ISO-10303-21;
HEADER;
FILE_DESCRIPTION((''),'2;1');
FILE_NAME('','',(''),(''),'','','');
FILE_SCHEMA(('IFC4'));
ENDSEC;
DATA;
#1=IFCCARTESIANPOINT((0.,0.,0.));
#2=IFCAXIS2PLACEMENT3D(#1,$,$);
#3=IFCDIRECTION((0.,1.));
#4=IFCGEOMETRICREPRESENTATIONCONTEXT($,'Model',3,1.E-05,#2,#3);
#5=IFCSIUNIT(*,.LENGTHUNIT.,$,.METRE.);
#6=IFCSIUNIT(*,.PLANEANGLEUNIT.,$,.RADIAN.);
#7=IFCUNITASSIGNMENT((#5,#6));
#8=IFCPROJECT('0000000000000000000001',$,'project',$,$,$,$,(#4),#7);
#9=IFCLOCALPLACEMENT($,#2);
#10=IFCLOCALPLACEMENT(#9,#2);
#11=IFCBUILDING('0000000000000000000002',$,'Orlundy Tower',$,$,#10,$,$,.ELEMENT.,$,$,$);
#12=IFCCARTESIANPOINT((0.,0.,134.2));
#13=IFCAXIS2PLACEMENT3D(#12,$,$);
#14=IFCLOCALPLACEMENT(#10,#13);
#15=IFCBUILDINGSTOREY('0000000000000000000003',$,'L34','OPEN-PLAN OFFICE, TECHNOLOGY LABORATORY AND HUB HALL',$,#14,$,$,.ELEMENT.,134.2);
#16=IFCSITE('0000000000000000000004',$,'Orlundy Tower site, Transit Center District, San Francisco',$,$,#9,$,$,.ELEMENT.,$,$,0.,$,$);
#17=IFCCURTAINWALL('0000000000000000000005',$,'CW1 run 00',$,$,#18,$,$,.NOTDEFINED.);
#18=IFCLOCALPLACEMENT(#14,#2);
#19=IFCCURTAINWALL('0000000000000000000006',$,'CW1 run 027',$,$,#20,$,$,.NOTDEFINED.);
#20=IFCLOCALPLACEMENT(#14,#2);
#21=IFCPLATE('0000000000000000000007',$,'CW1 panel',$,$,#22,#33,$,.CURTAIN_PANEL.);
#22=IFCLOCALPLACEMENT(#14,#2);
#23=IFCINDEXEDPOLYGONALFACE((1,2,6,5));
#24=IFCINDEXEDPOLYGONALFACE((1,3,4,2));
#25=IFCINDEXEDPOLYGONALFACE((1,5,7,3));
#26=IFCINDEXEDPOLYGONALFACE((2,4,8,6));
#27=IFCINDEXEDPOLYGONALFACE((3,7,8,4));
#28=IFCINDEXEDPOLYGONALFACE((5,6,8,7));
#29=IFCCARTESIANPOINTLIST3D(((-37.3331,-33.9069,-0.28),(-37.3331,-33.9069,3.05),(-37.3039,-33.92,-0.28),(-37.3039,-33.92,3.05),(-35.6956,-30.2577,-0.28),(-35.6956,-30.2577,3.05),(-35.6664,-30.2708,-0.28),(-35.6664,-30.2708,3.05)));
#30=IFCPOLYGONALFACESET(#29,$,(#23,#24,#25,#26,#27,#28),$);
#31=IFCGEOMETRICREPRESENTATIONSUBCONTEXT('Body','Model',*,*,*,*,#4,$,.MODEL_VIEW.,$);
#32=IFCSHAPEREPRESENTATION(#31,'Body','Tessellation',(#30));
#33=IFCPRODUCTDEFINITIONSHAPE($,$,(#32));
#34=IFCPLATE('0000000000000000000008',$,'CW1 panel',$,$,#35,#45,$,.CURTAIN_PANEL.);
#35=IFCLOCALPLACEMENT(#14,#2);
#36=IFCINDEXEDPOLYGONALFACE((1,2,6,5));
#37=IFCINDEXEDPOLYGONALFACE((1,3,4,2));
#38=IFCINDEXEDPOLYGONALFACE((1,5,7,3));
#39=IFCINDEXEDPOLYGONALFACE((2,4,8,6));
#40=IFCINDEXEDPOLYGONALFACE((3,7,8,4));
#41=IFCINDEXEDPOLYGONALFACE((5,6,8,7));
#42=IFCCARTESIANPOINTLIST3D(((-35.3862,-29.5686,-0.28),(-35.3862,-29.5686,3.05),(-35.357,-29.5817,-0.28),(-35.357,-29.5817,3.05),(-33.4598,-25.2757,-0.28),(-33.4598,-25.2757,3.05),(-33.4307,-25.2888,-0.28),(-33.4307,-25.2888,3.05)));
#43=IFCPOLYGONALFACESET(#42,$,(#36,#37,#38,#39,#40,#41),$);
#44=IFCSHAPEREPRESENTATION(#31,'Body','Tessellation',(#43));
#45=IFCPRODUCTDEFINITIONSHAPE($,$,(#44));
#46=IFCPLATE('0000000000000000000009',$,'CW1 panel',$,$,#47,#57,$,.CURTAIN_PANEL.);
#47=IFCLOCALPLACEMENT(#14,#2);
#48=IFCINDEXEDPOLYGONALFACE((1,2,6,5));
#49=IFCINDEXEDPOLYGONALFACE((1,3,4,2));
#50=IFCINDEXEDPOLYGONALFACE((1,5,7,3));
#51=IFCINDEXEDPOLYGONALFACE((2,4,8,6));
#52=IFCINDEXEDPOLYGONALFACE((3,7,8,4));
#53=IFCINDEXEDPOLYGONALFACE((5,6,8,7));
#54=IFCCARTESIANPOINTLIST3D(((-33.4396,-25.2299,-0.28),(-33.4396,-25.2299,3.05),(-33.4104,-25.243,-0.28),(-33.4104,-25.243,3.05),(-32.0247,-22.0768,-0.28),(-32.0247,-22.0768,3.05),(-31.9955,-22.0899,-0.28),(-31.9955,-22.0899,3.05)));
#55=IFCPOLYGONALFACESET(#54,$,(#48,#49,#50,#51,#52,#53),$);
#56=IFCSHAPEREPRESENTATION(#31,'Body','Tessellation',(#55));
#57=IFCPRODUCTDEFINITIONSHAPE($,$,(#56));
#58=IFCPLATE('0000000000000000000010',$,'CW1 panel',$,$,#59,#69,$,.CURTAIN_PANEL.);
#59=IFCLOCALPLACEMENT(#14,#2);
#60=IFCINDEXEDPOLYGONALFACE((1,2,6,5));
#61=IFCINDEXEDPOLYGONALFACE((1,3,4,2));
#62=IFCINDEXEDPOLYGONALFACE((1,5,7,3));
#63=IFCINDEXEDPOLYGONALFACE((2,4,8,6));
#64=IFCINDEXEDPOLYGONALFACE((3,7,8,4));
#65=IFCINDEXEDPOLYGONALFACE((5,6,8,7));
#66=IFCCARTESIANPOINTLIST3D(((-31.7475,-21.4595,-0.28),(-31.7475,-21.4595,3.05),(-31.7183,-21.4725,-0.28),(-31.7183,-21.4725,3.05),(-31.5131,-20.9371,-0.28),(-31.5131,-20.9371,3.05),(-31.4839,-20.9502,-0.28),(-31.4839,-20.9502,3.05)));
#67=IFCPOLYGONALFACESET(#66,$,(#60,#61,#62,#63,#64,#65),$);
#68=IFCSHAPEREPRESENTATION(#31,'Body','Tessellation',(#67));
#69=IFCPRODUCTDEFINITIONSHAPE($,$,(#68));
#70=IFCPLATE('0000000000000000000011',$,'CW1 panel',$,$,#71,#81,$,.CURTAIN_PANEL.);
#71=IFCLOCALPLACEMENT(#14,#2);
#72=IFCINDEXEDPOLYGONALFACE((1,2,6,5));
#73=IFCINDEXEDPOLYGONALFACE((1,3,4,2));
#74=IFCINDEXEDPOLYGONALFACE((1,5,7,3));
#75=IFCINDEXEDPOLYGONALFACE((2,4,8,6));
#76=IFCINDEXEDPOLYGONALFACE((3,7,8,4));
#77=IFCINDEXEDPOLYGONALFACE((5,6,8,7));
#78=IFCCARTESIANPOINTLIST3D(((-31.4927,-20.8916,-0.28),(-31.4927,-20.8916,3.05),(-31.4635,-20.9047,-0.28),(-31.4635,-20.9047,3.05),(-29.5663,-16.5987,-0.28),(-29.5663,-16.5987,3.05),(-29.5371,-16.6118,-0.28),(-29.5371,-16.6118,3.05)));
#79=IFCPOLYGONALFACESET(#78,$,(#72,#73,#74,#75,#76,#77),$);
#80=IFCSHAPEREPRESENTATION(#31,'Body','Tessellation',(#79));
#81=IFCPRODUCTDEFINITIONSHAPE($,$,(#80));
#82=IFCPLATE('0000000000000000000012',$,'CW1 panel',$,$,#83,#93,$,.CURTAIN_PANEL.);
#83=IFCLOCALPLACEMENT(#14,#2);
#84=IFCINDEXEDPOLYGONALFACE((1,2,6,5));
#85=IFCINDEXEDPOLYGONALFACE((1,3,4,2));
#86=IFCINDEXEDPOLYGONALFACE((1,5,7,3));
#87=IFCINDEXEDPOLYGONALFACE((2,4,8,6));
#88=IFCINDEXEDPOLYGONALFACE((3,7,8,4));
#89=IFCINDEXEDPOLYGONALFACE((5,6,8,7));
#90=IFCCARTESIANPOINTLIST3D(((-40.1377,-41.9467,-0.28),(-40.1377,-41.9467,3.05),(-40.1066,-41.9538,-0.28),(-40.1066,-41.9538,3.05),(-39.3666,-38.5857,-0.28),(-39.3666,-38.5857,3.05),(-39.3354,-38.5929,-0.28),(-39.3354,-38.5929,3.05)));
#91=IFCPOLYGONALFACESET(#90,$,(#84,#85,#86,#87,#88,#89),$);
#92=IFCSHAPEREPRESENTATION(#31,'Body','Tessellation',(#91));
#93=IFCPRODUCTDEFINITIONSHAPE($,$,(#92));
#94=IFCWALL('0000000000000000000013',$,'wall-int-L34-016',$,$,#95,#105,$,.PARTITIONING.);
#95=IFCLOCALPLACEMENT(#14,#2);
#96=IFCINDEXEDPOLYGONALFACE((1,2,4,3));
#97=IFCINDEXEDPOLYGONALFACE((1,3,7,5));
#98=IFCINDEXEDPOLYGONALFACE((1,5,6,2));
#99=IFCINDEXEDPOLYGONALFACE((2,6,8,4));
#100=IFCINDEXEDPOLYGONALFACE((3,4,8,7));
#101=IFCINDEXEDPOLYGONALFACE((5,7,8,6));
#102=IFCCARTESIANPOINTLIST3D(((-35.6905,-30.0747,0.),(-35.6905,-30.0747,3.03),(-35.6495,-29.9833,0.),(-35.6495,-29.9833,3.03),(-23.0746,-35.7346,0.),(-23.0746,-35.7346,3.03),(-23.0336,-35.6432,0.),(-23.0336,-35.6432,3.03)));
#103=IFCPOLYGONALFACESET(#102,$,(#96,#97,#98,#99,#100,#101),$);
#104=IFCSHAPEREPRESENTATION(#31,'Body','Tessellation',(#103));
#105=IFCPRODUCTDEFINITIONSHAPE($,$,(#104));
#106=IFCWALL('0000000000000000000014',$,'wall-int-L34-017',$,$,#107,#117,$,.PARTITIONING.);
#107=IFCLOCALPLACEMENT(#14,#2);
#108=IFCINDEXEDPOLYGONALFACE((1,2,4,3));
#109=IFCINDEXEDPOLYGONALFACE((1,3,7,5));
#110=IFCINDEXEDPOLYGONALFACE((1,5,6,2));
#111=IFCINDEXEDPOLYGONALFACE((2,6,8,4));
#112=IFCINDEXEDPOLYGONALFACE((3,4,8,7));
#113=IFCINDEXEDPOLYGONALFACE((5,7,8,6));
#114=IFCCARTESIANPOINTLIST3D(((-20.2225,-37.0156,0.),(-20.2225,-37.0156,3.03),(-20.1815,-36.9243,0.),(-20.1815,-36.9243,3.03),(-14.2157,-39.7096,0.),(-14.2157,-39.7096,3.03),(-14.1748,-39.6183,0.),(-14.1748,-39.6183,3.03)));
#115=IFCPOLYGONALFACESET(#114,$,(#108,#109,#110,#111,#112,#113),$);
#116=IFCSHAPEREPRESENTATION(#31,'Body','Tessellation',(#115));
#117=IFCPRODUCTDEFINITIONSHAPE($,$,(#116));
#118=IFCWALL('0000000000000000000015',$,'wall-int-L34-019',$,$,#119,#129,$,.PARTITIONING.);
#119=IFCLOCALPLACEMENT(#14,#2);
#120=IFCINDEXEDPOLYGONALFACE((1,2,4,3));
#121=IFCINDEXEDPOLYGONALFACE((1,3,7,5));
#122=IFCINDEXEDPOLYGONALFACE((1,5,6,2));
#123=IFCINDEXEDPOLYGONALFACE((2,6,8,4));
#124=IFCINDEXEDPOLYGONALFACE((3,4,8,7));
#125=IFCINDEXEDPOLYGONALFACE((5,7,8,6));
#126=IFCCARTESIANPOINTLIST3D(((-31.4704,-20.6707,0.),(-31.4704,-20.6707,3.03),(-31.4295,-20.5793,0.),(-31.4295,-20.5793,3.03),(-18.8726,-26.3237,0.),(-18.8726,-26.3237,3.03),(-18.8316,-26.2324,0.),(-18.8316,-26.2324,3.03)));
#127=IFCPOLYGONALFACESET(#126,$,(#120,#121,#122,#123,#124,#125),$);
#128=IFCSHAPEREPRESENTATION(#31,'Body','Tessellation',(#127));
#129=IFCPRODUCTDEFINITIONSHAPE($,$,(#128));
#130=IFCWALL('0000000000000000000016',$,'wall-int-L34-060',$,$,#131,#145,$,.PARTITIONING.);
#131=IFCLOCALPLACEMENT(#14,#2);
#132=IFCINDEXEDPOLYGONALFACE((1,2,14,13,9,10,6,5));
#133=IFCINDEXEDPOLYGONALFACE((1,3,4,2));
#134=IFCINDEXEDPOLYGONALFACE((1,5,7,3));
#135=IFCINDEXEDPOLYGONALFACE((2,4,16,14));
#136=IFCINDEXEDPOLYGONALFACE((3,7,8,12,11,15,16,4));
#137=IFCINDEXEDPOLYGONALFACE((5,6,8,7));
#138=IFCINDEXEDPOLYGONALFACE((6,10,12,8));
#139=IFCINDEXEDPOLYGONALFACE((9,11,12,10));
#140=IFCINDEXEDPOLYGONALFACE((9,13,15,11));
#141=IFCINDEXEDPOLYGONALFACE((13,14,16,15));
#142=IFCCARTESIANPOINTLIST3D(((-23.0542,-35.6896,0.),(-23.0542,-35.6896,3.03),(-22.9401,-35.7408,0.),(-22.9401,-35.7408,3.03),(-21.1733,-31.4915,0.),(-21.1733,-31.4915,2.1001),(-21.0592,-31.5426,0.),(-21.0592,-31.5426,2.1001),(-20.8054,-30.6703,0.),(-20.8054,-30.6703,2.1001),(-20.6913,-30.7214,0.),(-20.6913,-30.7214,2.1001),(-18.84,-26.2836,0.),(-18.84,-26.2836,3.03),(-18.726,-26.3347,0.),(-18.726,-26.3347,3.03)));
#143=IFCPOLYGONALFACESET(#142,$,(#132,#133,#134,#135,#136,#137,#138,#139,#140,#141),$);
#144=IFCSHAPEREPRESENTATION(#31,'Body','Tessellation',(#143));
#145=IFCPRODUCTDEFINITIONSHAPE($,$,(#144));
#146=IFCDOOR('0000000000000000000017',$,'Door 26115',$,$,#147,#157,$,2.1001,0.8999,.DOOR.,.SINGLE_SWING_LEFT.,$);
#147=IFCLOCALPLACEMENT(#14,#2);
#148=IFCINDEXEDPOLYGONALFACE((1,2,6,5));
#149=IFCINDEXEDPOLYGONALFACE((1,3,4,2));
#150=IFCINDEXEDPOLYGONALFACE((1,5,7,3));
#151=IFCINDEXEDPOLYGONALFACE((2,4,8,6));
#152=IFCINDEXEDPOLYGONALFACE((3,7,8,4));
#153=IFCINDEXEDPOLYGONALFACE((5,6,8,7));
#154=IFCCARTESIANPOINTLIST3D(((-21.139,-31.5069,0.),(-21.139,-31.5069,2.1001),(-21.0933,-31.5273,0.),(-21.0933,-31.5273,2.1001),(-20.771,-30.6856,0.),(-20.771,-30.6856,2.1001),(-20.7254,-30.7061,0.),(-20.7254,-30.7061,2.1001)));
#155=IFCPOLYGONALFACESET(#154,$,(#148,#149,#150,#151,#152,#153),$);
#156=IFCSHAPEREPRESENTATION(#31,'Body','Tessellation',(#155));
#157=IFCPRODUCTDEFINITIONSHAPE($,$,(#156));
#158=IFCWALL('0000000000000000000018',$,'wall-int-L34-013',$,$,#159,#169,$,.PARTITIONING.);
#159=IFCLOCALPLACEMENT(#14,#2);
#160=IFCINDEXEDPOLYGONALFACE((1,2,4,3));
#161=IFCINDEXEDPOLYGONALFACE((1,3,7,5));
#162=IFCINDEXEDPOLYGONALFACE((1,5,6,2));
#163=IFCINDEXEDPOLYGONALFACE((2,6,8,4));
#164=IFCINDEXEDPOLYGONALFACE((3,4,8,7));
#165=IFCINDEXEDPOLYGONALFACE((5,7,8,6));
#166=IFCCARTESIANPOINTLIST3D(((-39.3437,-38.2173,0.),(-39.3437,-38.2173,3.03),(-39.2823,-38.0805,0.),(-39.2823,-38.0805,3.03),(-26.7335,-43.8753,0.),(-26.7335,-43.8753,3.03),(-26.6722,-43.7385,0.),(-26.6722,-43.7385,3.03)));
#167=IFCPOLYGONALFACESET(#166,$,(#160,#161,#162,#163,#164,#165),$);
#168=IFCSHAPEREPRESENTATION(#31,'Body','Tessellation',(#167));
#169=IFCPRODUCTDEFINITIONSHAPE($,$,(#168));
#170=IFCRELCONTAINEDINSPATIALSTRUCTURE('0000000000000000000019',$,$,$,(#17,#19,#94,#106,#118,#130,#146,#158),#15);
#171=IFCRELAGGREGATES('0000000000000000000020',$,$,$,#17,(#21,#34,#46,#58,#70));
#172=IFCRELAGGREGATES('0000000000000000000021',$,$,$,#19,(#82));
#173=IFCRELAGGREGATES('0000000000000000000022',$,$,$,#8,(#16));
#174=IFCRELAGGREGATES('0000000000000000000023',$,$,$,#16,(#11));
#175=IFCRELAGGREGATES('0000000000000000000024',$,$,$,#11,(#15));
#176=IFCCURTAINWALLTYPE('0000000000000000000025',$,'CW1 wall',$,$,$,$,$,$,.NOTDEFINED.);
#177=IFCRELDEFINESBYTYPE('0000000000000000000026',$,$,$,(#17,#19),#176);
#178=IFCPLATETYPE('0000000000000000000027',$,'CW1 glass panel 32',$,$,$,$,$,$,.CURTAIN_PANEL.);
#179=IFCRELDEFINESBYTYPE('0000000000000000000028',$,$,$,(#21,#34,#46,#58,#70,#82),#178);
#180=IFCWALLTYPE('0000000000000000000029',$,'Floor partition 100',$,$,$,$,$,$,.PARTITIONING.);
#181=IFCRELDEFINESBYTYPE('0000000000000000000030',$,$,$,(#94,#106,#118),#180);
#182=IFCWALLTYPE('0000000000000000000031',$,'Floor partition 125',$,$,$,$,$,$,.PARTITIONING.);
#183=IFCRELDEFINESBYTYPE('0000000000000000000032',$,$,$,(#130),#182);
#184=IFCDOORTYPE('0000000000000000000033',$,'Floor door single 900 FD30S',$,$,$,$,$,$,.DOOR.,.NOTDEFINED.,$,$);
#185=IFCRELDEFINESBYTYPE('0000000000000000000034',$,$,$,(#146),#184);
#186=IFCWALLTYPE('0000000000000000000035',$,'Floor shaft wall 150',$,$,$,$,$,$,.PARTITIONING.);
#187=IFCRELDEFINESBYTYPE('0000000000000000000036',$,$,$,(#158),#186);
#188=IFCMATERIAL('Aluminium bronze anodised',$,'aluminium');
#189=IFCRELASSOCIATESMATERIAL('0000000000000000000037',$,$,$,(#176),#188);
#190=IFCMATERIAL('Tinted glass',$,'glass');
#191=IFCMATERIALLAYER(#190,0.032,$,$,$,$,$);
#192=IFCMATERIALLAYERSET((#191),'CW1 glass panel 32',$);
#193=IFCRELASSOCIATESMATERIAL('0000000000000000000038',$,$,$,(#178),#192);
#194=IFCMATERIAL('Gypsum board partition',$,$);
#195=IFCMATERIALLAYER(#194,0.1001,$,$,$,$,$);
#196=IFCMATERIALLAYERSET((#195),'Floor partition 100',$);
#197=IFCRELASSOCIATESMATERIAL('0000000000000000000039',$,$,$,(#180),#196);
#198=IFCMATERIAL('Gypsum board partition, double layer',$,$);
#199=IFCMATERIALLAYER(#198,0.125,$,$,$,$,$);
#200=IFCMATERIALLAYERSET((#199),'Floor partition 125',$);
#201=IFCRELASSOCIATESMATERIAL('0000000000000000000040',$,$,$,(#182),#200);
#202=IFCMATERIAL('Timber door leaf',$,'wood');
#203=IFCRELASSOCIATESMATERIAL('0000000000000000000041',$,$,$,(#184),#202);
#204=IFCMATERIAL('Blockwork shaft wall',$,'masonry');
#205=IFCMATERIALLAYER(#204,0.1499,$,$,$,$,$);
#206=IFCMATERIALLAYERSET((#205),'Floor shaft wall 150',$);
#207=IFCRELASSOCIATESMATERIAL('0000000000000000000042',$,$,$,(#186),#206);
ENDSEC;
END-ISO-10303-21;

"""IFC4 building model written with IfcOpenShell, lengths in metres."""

from ifc_helpers import new_model, si_unit, direction, frame, frame_2d, origin, origin_2d, place, context, subcontext, project, spatial, rectangle, extrude, material, layer, layer_set, type_object, element, fill, aggregate, save


model = new_model("IFC4")

# Units and contexts
model_context = context("Model", 3, precision=1e-05, world=origin(), true_north=direction((0.0, 1.0)))
body_context = subcontext(model_context, "Body", "Model", "MODEL_VIEW")
ifc_project = project(units=[si_unit("LENGTHUNIT", "METRE"), si_unit("PLANEANGLEUNIT", "RADIAN")], contexts=[model_context])

# Site, building, storey
site_placement = place(None, origin())
site = spatial("IfcSite", under=ifc_project, at=site_placement, Name="Orlundy Tower site, Transit Center District, San Francisco", CompositionType="ELEMENT", RefElevation=0.0)
building_placement = place(site_placement, origin())
building = spatial("IfcBuilding", under=site, at=building_placement, Name="Orlundy Tower", CompositionType="ELEMENT")
storey_placement = place(building_placement, frame((0.0, 0.0, 134.2)))
storey = spatial("IfcBuildingStorey", under=building, at=storey_placement, Name="L34", Description="OPEN-PLAN OFFICE, TECHNOLOGY LABORATORY AND HUB HALL", CompositionType="ELEMENT", Elevation=134.2)

# Curtain wall
ifc_material_1 = material(Name="Aluminium bronze anodised", Category="aluminium")
curtain_wall_type = type_object("IfcCurtainWallType", Name="CW1 wall", PredefinedType="NOTDEFINED", material=ifc_material_1)
curtain_wall_1_placement = place(storey_placement, origin())
curtain_wall_1 = element("IfcCurtainWall", 1, at=curtain_wall_1_placement, inside=storey, type_object=curtain_wall_type, Name="CW1 run 00", PredefinedType="NOTDEFINED")

# Curtain wall
curtain_wall_2_placement = place(storey_placement, origin())
curtain_wall_2 = element("IfcCurtainWall", 2, at=curtain_wall_2_placement, inside=storey, type_object=curtain_wall_type, Name="CW1 run 027", PredefinedType="NOTDEFINED")

# Plates
ifc_material_2 = material(Name="Tinted glass", Category="glass")
ifc_layer_1 = layer(ifc_material_2, 0.032)
ifc_layer_set_1 = layer_set([ifc_layer_1], Name="CW1 glass panel 32")
plate_type = type_object("IfcPlateType", Name="CW1 glass panel 32", PredefinedType="CURTAIN_PANEL", material=ifc_layer_set_1)
plate_1_placement = place(storey_placement, frame((-36.4998, -32.0889, -0.28), z_axis=(0.0, 0.0, 1.0), x_axis=(0.409404, 0.912353, 0.0)))
plate_1 = element("IfcPlate", 3, at=plate_1_placement, type_object=plate_type, Name="CW1 panel", PredefinedType="CURTAIN_PANEL", context=body_context, shape_type="SweptSolid", body=[
    extrude(rectangle(XDim=3.9998, YDim=0.032, at=origin_2d()), origin(), (0.0, 0.0, 1.0), 3.3301),
])
plate_2_placement = place(storey_placement, frame((-34.4084, -27.4287, -0.28), z_axis=(0.0, 0.0, 1.0), x_axis=(0.409404, 0.912353, 0.0)))
plate_2 = element("IfcPlate", 4, at=plate_2_placement, type_object=plate_type, Name="CW1 panel", PredefinedType="CURTAIN_PANEL", context=body_context, shape_type="SweptSolid", body=[
    extrude(rectangle(XDim=4.7053, YDim=0.032, at=origin_2d()), origin(), (0.0, 0.0, 1.0), 3.3301),
])
plate_3_placement = place(storey_placement, frame((-32.7175, -23.6599, -0.28), z_axis=(0.0, 0.0, 1.0), x_axis=(0.409404, 0.912353, 0.0)))
plate_3 = element("IfcPlate", 5, at=plate_3_placement, type_object=plate_type, Name="CW1 panel", PredefinedType="CURTAIN_PANEL", context=body_context, shape_type="SweptSolid", body=[
    extrude(rectangle(XDim=3.4561, YDim=0.032, at=origin_2d()), origin(), (0.0, 0.0, 1.0), 3.3301),
])
plate_4_placement = place(storey_placement, frame((-31.6157, -21.2048, -0.28), z_axis=(0.0, 0.0, 1.0), x_axis=(0.409404, 0.912353, 0.0)))
plate_4 = element("IfcPlate", 6, at=plate_4_placement, type_object=plate_type, Name="CW1 panel", PredefinedType="CURTAIN_PANEL", context=body_context, shape_type="SweptSolid", body=[
    extrude(rectangle(XDim=0.5725, YDim=0.032, at=origin_2d()), origin(), (0.0, 0.0, 1.0), 3.3301),
])
plate_5_placement = place(storey_placement, frame((-30.5149, -18.7517, -0.28), z_axis=(0.0, 0.0, 1.0), x_axis=(0.409404, 0.912353, 0.0)))
plate_5 = element("IfcPlate", 7, at=plate_5_placement, type_object=plate_type, Name="CW1 panel", PredefinedType="CURTAIN_PANEL", context=body_context, shape_type="SweptSolid", body=[
    extrude(rectangle(XDim=4.7053, YDim=0.032, at=origin_2d()), origin(), (0.0, 0.0, 1.0), 3.3301),
])
aggregate(curtain_wall_1, [plate_1, plate_2, plate_3, plate_4, plate_5])
plate_6_placement = place(storey_placement, frame((-39.7366, -40.2698, -0.28), z_axis=(0.0, 0.0, 1.0), x_axis=(0.223638, 0.974672, 0.0)))
plate_6 = element("IfcPlate", 8, at=plate_6_placement, type_object=plate_type, Name="CW1 panel", PredefinedType="CURTAIN_PANEL", context=body_context, shape_type="SweptSolid", body=[
    extrude(rectangle(XDim=3.4482, YDim=0.032, at=origin_2d()), origin(), (0.0, 0.0, 1.0), 3.3301),
])
aggregate(curtain_wall_2, [plate_6])

# Walls
ifc_material_3 = material(Name="Gypsum board partition")
ifc_layer_2 = layer(ifc_material_3, 0.1001)
ifc_layer_set_2 = layer_set([ifc_layer_2], Name="Floor partition 100")
wall_type_1 = type_object("IfcWallType", Name="Floor partition 100", PredefinedType="PARTITIONING", material=ifc_layer_set_2)
wall_1_placement = place(storey_placement, frame((-35.6699, -30.0291, 0.0), z_axis=(0.0, 0.0, 1.0), x_axis=(0.912388, -0.409326, 0.0)))
element("IfcWall", 9, at=wall_1_placement, inside=storey, type_object=wall_type_1, Name="wall-int-L34-016", PredefinedType="PARTITIONING", context=body_context, shape_type="SweptSolid", body=[
    extrude(rectangle(XDim=13.8274, YDim=0.1001, at=frame_2d((6.9136, 0.0))), origin(), (0.0, 0.0, 1.0), 3.03),
])
wall_2_placement = place(storey_placement, frame((-20.2019, -36.97, 0.0), z_axis=(0.0, 0.0, 1.0), x_axis=(0.912432, -0.409229, 0.0)))
element("IfcWall", 10, at=wall_2_placement, inside=storey, type_object=wall_type_1, Name="wall-int-L34-017", PredefinedType="PARTITIONING", context=body_context, shape_type="SweptSolid", body=[
    extrude(rectangle(XDim=6.5833, YDim=0.1001, at=frame_2d((3.2915, 0.0))), origin(), (0.0, 0.0, 1.0), 3.03),
])
wall_3_placement = place(storey_placement, frame((-31.45, -20.625, 0.0), z_axis=(0.0, 0.0, 1.0), x_axis=(0.912354, -0.409402, 0.0)))
element("IfcWall", 11, at=wall_3_placement, inside=storey, type_object=wall_type_1, Name="wall-int-L34-019", PredefinedType="PARTITIONING", context=body_context, shape_type="SweptSolid", body=[
    extrude(rectangle(XDim=13.8081, YDim=0.1001, at=frame_2d((6.9041, 0.0))), origin(), (0.0, 0.0, 1.0), 3.03),
])

# Wall, opening, door
ifc_material_4 = material(Name="Gypsum board partition, double layer")
ifc_layer_3 = layer(ifc_material_4, 0.125)
ifc_layer_set_3 = layer_set([ifc_layer_3], Name="Floor partition 125")
wall_type_2 = type_object("IfcWallType", Name="Floor partition 125", PredefinedType="PARTITIONING", material=ifc_layer_set_3)
wall_4_placement = place(storey_placement, frame((-22.9971, -35.7151, 0.0), z_axis=(0.0, 0.0, 1.0), x_axis=(0.408864, 0.912595, 0.0)))
wall_4 = element("IfcWall", 12, at=wall_4_placement, inside=storey, type_object=wall_type_2, Name="wall-int-L34-060", PredefinedType="PARTITIONING", context=body_context, shape_type="SweptSolid", body=[
    extrude(rectangle(XDim=10.3069, YDim=0.125, at=frame_2d((5.1533, 0.0))), origin(), (0.0, 0.0, 1.0), 3.03),
])
opening_placement = place(wall_4_placement, frame((4.6001, 0.0, 0.0)))
opening = element("IfcOpeningElement", 13, at=opening_placement, cuts=wall_4, PredefinedType="OPENING", context=body_context, shape_type="SweptSolid", body=[
    extrude(rectangle(XDim=0.8999, YDim=2.1001, at=frame_2d((0.45, 1.05))), frame((0.0, 0.0725, 0.0), z_axis=(0.0, -1.0, 0.0), x_axis=(1.0, 0.0, 0.0)), (0.0, 0.0, 1.0), 0.145),
])
ifc_material_5 = material(Name="Timber door leaf", Category="wood")
door_type = type_object("IfcDoorType", Name="Floor door single 900 FD30S", OperationType="NOTDEFINED", PredefinedType="DOOR", material=ifc_material_5)
door_placement = place(opening_placement, origin())
door = element("IfcDoor", 14, at=door_placement, inside=storey, type_object=door_type, Name="Door 26115", OperationType="SINGLE_SWING_LEFT", OverallHeight=2.1001, OverallWidth=0.8999, PredefinedType="DOOR", context=body_context, shape_type="SweptSolid", body=[
    extrude(rectangle(XDim=0.8999, YDim=2.1001, at=frame_2d((0.45, 1.05))), frame((0.0, 0.0249, 0.0), z_axis=(0.0, -1.0, 0.0), x_axis=(1.0, 0.0, 0.0)), (0.0, 0.0, 1.0), 0.05),
])
fill(opening, door)

# Wall
ifc_material_6 = material(Name="Blockwork shaft wall", Category="masonry")
ifc_layer_4 = layer(ifc_material_6, 0.1499)
ifc_layer_set_4 = layer_set([ifc_layer_4], Name="Floor shaft wall 150")
wall_type_3 = type_object("IfcWallType", Name="Floor shaft wall 150", PredefinedType="PARTITIONING", material=ifc_layer_set_4)
wall_5_placement = place(storey_placement, frame((-39.313, -38.1489, 0.0), z_axis=(0.0, 0.0, 1.0), x_axis=(0.91237, -0.409366, 0.0)))
element("IfcWall", 15, at=wall_5_placement, inside=storey, type_object=wall_type_3, Name="wall-int-L34-013", PredefinedType="PARTITIONING", context=body_context, shape_type="SweptSolid", body=[
    extrude(rectangle(XDim=13.8213, YDim=0.1499, at=frame_2d((6.9106, 0.0))), origin(), (0.0, 0.0, 1.0), 3.03),
])

save(model, "model.ifc")
